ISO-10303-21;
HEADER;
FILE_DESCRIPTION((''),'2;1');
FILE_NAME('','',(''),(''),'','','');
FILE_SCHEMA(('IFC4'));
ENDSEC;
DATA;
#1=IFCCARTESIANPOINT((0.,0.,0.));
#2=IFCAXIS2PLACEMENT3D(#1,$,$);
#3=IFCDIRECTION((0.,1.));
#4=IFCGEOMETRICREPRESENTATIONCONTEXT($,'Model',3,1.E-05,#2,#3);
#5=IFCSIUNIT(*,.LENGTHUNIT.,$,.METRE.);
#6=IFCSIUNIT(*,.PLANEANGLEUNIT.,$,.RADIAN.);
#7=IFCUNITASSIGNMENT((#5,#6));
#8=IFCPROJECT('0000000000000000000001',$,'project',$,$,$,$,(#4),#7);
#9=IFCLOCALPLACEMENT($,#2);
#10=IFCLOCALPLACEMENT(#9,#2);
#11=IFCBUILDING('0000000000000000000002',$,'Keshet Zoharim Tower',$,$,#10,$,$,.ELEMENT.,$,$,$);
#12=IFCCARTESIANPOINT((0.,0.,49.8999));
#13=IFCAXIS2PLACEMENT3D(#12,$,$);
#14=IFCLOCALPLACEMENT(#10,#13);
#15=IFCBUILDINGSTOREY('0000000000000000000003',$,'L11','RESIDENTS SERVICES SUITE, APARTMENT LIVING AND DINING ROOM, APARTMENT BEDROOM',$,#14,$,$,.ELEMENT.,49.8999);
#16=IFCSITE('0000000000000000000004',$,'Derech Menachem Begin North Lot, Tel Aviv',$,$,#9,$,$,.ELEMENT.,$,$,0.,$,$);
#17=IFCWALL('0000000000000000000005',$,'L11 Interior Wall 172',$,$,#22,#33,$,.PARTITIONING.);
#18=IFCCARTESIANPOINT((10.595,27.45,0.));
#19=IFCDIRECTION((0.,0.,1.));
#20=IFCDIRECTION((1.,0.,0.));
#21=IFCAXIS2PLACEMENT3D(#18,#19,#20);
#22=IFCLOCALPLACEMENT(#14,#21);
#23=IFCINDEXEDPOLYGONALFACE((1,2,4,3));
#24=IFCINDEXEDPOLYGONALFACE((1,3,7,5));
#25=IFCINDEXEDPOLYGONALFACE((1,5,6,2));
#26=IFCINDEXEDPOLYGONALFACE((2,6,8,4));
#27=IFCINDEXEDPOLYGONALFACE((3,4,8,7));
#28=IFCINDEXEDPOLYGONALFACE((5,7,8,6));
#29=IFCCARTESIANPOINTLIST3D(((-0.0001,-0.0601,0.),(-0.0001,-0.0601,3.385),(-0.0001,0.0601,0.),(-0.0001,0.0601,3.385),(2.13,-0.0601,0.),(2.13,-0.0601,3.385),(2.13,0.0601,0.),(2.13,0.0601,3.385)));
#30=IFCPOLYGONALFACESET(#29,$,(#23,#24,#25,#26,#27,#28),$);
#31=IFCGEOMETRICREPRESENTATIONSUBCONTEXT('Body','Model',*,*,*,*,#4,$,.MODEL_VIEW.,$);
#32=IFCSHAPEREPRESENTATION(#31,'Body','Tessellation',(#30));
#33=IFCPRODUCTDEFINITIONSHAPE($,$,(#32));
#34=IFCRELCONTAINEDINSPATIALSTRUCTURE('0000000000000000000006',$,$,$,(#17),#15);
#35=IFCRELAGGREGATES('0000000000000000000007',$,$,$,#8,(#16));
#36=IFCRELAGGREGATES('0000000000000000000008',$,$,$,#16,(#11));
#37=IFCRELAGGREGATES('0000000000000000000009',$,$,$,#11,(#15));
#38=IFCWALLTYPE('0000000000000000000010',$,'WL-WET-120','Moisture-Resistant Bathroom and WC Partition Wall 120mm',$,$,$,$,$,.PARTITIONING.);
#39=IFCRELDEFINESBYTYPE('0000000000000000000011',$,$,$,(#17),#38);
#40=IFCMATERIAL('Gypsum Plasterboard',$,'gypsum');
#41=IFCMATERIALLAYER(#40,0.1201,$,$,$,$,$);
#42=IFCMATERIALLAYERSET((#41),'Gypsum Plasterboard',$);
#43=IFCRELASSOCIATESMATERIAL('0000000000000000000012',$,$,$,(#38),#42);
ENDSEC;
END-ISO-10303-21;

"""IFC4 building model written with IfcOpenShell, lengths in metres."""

from ifc_helpers import new_model, si_unit, direction, frame, frame_2d, origin, place, context, subcontext, project, spatial, rectangle, extrude, material, layer, layer_set, type_object, element, save


model = new_model("IFC4")

# Units and contexts
model_context = context("Model", 3, precision=1e-05, world=origin(), true_north=direction((0.0, 1.0)))
body_context = subcontext(model_context, "Body", "Model", "MODEL_VIEW")
ifc_project = project(units=[si_unit("LENGTHUNIT", "METRE"), si_unit("PLANEANGLEUNIT", "RADIAN")], contexts=[model_context])

# Site, building, storey
site_placement = place(None, origin())
site = spatial("IfcSite", under=ifc_project, at=site_placement, Name="Derech Menachem Begin North Lot, Tel Aviv", CompositionType="ELEMENT", RefElevation=0.0)
building_placement = place(site_placement, origin())
building = spatial("IfcBuilding", under=site, at=building_placement, Name="Keshet Zoharim Tower", CompositionType="ELEMENT")
storey_placement = place(building_placement, frame((0.0, 0.0, 49.8999)))
storey = spatial("IfcBuildingStorey", under=building, at=storey_placement, Name="L11", Description="RESIDENTS SERVICES SUITE, APARTMENT LIVING AND DINING ROOM, APARTMENT BEDROOM", CompositionType="ELEMENT", Elevation=49.8999)

# Shared definitions
ifc_material_1 = material(Name="Gypsum Plasterboard", Category="gypsum")

# Wall
ifc_layer_1 = layer(ifc_material_1, 0.1201)
ifc_layer_set_1 = layer_set([ifc_layer_1], Name="Gypsum Plasterboard")
wall_type_1 = type_object("IfcWallType", Name="WL-WET-120", Description="Moisture-Resistant Bathroom and WC Partition Wall 120mm", PredefinedType="PARTITIONING", material=ifc_layer_set_1)
wall_1_placement = place(storey_placement, frame((10.595, 27.45, 0.0), z_axis=(0.0, 0.0, 1.0), x_axis=(1.0, 0.0, 0.0)))
element("IfcWall", 1, at=wall_1_placement, inside=storey, type_object=wall_type_1, Name="L11 Interior Wall 172", PredefinedType="PARTITIONING", context=body_context, shape_type="SweptSolid", body=[
    extrude(rectangle(XDim=2.1301, YDim=0.1201, at=frame_2d((1.0649, 0.0))), origin(), (0.0, 0.0, 1.0), 3.385),
])

save(model, "model.ifc")
